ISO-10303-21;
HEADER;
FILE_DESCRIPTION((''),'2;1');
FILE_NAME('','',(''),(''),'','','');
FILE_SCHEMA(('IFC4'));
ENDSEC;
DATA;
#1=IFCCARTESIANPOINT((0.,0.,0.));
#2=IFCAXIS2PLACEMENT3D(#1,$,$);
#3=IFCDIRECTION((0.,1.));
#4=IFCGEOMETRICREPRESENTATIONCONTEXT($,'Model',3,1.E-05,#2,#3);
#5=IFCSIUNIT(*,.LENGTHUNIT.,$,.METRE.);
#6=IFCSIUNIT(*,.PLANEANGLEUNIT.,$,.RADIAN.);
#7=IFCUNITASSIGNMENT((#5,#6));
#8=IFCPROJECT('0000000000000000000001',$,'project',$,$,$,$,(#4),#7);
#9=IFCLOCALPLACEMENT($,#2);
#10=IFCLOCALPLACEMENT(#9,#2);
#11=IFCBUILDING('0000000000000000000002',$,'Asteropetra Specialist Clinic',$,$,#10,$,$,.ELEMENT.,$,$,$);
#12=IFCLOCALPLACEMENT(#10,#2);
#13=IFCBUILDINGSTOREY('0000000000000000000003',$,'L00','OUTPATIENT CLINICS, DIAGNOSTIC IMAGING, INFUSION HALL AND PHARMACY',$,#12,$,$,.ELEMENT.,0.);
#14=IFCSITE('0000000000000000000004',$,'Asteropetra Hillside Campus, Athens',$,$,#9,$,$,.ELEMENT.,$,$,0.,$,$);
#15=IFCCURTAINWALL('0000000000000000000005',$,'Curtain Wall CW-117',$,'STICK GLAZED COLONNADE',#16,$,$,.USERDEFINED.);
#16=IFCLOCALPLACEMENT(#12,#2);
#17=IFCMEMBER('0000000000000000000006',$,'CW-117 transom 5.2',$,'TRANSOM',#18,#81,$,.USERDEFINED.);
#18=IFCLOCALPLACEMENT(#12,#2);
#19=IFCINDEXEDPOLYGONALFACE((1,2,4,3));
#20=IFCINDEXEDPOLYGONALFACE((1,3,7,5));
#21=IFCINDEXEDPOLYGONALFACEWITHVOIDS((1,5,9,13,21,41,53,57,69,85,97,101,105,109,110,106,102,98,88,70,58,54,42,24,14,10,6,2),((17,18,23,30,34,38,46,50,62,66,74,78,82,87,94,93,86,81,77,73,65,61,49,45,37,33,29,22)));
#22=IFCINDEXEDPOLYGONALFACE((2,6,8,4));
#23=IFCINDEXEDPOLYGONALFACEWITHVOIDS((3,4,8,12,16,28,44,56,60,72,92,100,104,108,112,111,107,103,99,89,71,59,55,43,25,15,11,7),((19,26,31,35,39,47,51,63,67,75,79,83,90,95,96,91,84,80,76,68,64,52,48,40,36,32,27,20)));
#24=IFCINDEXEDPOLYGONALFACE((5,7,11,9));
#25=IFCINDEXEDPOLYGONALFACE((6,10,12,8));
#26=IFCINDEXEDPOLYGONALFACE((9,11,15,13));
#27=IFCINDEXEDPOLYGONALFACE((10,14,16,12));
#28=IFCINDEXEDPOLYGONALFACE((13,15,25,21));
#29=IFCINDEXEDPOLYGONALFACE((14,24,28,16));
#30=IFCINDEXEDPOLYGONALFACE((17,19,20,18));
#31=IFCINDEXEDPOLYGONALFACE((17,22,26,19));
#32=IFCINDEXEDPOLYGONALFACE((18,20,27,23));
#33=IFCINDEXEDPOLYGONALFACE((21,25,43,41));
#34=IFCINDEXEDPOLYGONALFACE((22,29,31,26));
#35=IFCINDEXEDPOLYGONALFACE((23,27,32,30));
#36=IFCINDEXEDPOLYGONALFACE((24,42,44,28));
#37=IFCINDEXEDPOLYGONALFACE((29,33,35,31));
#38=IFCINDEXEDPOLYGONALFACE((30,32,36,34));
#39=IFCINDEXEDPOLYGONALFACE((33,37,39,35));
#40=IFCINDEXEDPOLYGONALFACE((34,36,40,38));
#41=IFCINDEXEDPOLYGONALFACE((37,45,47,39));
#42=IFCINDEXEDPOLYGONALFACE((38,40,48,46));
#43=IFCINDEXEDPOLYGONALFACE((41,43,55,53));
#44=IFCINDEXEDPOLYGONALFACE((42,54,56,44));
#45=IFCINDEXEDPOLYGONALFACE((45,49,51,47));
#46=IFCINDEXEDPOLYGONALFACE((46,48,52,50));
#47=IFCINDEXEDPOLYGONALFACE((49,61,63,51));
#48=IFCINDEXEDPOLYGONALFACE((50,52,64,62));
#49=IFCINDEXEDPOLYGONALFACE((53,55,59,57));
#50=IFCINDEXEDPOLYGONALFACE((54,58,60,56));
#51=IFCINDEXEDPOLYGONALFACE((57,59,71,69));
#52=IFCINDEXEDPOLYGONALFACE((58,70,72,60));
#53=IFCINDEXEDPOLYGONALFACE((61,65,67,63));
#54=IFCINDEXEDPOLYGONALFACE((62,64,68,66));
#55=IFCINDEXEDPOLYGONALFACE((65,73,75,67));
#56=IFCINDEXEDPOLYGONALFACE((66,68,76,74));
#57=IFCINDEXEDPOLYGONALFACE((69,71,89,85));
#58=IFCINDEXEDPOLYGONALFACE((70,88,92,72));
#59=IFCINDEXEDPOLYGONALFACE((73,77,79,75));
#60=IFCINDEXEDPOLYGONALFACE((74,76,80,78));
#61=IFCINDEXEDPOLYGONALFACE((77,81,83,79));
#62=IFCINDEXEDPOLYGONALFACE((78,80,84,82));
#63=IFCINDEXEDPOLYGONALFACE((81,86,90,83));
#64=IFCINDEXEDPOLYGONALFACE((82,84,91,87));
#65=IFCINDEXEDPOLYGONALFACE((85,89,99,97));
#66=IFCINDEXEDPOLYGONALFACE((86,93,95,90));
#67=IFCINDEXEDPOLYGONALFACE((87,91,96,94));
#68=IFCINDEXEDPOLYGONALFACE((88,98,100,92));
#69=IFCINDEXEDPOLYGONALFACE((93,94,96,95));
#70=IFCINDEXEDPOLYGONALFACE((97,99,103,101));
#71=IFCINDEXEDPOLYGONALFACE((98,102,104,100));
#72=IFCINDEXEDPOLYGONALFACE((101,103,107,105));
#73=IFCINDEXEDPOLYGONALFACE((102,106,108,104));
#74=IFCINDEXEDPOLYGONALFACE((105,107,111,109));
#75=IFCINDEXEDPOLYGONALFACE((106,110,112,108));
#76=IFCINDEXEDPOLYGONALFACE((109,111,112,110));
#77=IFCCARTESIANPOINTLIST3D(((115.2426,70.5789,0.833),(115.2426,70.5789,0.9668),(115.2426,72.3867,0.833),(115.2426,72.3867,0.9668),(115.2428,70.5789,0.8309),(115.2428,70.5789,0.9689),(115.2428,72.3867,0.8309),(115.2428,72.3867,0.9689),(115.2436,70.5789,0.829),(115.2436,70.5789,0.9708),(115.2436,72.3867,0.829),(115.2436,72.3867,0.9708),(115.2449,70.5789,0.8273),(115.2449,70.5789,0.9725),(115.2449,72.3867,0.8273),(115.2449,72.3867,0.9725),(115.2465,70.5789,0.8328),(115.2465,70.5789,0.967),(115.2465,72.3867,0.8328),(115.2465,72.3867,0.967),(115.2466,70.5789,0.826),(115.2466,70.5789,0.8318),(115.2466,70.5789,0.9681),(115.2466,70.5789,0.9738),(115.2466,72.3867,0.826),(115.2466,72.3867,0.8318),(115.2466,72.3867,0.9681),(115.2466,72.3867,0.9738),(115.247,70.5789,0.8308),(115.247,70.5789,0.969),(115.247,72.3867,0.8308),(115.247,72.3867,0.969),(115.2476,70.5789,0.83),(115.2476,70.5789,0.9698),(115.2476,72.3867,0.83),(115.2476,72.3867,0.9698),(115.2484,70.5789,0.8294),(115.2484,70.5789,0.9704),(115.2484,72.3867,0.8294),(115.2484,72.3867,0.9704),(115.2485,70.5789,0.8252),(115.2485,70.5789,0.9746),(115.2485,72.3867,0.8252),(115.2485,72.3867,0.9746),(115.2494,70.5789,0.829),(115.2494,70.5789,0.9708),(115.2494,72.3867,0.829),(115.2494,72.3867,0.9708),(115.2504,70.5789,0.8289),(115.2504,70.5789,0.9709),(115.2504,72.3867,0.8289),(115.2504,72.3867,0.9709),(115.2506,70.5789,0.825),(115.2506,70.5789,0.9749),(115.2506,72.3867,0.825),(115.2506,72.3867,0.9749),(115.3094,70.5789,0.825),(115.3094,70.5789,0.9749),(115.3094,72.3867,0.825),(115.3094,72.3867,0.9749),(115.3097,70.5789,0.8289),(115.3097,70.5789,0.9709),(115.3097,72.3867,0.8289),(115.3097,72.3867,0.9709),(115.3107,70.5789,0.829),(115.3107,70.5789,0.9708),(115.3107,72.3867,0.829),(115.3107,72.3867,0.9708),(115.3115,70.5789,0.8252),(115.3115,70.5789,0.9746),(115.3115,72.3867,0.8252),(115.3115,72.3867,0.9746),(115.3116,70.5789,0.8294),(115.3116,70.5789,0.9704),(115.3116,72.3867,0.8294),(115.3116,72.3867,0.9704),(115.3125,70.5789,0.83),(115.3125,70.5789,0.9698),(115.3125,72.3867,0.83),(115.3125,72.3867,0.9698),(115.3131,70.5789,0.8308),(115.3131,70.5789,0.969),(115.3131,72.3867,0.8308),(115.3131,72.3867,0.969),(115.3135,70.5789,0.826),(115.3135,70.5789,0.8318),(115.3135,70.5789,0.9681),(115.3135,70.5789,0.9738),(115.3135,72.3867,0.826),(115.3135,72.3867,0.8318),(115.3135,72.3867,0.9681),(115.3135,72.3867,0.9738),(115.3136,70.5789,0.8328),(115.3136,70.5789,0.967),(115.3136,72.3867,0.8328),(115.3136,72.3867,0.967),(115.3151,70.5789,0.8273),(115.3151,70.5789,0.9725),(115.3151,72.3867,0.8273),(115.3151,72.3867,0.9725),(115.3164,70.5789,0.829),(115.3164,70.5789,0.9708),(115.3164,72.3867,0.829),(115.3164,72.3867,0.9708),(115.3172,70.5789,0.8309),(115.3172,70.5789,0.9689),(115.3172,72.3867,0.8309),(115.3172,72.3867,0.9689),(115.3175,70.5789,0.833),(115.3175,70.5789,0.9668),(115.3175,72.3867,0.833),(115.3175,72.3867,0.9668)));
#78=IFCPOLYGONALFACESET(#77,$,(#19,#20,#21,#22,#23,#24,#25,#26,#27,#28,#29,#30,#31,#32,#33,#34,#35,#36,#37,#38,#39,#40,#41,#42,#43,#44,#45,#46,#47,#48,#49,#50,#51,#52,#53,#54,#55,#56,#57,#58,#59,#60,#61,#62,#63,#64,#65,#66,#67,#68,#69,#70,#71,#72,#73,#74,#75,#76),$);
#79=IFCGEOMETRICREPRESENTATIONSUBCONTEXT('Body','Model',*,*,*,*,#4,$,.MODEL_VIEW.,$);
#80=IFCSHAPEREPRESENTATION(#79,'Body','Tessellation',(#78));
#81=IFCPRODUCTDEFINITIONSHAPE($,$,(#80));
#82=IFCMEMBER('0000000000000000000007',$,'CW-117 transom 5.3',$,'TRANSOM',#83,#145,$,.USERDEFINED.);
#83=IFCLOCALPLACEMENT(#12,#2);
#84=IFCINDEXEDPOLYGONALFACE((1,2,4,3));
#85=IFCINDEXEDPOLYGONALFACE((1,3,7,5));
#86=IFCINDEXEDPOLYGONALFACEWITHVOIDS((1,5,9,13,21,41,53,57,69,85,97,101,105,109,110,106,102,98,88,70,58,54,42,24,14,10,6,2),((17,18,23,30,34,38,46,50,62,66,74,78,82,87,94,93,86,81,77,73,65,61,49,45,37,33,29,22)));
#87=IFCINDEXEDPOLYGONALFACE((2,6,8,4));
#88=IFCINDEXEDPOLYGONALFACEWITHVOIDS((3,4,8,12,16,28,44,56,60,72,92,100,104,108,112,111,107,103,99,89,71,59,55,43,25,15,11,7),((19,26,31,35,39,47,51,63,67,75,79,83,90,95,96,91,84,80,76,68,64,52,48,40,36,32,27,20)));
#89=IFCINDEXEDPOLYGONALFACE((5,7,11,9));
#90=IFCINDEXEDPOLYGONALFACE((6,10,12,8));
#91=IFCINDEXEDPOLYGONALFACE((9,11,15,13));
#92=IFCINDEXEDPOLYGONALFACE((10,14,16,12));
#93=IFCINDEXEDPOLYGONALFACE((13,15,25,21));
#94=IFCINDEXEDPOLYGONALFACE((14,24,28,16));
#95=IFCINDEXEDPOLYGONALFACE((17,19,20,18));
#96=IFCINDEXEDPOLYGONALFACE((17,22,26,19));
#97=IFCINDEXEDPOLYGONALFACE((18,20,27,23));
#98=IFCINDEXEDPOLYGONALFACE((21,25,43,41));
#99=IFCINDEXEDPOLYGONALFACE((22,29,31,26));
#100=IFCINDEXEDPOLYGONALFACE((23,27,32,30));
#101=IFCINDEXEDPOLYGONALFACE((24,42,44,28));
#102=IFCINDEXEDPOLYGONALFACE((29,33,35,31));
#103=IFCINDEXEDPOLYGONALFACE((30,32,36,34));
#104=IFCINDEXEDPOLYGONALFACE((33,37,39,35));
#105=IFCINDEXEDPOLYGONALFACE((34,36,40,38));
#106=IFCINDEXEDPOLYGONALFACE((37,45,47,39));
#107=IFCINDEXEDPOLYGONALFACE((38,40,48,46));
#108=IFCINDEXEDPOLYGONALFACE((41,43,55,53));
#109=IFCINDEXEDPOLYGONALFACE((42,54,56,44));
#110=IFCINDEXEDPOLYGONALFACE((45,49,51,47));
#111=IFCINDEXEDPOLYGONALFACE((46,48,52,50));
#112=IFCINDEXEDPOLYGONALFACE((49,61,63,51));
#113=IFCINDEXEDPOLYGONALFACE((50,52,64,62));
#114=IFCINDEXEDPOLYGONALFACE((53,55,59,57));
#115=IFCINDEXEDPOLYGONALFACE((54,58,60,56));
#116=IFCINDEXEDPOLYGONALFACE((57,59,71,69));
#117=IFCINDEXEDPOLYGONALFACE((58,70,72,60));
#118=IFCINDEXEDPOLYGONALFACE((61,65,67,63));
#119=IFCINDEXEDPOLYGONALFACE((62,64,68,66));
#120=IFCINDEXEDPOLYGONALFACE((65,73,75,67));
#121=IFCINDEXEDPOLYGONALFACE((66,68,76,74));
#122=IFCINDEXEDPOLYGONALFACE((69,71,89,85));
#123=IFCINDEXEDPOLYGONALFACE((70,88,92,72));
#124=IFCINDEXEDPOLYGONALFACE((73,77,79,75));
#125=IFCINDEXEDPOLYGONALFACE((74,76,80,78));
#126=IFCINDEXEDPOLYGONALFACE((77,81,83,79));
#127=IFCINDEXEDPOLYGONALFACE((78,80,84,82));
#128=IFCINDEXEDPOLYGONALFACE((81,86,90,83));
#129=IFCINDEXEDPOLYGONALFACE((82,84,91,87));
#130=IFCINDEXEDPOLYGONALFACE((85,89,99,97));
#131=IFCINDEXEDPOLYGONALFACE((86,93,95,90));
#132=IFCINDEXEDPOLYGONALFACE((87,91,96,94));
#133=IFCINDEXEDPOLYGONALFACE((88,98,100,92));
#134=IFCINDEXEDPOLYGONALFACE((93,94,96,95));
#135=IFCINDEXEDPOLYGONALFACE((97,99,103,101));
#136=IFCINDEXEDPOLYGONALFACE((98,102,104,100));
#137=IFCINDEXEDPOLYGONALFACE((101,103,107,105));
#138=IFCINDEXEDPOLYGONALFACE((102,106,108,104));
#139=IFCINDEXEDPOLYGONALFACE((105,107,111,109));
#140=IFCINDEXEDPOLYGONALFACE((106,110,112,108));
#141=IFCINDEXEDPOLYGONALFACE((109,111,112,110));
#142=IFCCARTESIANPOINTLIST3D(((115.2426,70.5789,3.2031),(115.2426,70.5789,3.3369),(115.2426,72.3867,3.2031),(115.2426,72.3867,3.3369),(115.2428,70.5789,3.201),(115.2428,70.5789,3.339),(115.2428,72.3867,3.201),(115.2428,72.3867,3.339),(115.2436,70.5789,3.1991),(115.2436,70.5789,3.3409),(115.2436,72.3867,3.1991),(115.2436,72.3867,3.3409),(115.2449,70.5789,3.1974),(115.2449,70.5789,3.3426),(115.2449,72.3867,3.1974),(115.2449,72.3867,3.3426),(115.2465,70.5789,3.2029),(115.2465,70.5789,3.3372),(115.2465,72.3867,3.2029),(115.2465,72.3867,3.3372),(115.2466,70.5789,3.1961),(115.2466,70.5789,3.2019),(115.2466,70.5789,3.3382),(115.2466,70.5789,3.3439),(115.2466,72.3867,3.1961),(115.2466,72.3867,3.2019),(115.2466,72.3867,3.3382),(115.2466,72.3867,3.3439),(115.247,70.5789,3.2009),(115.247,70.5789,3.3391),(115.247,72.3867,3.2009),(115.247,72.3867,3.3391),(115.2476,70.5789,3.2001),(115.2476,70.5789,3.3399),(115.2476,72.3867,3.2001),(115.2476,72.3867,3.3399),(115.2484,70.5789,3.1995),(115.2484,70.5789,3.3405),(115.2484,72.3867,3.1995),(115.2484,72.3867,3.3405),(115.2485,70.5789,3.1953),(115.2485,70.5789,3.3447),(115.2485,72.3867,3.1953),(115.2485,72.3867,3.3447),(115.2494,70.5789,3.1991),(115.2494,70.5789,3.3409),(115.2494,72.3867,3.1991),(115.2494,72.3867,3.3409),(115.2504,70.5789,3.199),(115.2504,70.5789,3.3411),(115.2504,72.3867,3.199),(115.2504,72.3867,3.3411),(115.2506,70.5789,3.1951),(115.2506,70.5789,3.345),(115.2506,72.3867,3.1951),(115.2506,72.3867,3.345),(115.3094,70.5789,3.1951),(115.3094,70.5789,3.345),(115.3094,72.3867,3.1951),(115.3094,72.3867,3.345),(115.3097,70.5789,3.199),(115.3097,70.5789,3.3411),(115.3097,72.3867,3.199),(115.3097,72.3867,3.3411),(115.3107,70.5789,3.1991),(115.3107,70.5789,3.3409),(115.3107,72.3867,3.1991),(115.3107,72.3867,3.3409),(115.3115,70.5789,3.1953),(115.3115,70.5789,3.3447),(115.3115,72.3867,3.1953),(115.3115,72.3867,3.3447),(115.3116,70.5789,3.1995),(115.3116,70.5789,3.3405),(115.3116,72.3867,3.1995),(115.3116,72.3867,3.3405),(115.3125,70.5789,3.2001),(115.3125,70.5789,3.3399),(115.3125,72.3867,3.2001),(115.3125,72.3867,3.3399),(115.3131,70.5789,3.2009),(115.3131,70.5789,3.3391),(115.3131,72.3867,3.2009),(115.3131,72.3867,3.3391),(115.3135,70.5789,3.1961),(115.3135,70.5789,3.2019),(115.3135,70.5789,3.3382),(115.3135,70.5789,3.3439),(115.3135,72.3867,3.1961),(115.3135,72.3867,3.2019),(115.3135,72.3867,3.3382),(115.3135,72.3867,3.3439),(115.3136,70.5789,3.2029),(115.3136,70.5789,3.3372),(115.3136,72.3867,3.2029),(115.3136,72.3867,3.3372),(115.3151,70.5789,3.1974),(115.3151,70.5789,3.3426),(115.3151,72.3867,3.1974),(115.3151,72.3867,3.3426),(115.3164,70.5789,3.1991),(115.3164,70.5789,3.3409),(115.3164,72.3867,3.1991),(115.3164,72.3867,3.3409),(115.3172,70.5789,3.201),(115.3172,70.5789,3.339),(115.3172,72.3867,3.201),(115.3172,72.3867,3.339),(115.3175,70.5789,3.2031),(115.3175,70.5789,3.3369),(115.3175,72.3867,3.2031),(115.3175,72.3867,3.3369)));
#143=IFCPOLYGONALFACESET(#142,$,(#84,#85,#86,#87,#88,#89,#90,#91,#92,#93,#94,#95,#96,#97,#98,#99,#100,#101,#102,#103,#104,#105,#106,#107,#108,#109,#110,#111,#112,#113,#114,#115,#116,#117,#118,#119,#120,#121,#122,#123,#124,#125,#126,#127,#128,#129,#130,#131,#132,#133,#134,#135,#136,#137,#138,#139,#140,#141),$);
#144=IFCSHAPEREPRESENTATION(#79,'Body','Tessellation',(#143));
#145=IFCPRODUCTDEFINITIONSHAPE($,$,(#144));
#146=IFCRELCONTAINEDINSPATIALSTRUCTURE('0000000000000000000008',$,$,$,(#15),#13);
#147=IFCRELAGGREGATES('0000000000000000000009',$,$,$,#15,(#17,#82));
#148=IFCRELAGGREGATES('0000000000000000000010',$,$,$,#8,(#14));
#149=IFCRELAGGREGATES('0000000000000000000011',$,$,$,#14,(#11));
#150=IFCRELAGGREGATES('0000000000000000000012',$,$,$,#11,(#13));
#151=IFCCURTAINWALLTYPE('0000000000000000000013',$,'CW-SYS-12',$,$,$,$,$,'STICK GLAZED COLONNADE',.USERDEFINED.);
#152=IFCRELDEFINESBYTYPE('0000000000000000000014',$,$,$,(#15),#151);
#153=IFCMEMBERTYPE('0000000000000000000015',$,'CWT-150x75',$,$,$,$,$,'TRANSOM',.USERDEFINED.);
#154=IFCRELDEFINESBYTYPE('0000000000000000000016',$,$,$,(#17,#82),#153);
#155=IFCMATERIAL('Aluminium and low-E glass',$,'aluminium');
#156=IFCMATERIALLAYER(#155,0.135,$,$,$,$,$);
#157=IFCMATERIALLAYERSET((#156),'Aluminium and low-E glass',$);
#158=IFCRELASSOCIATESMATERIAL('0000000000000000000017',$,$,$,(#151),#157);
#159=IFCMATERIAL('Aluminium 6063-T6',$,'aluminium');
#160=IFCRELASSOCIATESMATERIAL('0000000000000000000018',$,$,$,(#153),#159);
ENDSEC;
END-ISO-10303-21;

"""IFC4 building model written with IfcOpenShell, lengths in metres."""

from ifc_helpers import new_model, si_unit, direction, frame, origin, origin_2d, place, context, subcontext, project, spatial, hollow_rectangle, extrude, material, layer, layer_set, material_profile, profile_set, type_object, element, aggregate, save


model = new_model("IFC4")

# Units and contexts
model_context = context("Model", 3, precision=1e-05, world=origin(), true_north=direction((0.0, 1.0)))
body_context = subcontext(model_context, "Body", "Model", "MODEL_VIEW")
ifc_project = project(units=[si_unit("LENGTHUNIT", "METRE"), si_unit("PLANEANGLEUNIT", "RADIAN")], contexts=[model_context])

# Site, building, storey
site_placement = place(None, origin())
site = spatial("IfcSite", under=ifc_project, at=site_placement, Name="Asteropetra Hillside Campus, Athens", CompositionType="ELEMENT", RefElevation=0.0)
building_placement = place(site_placement, origin())
building = spatial("IfcBuilding", under=site, at=building_placement, Name="Asteropetra Specialist Clinic", CompositionType="ELEMENT")
storey_placement = place(building_placement, origin())
storey = spatial("IfcBuildingStorey", under=building, at=storey_placement, Name="L00", Description="OUTPATIENT CLINICS, DIAGNOSTIC IMAGING, INFUSION HALL AND PHARMACY", CompositionType="ELEMENT", Elevation=0.0)

# Curtain wall, members
ifc_material_1 = material(Name="Aluminium and low-E glass", Category="aluminium")
ifc_layer_1 = layer(ifc_material_1, 0.135)
ifc_layer_set_1 = layer_set([ifc_layer_1], Name="Aluminium and low-E glass")
curtain_wall_type = type_object("IfcCurtainWallType", Name="CW-SYS-12", ElementType="STICK GLAZED COLONNADE", PredefinedType="USERDEFINED", material=ifc_layer_set_1)
curtain_wall_placement = place(storey_placement, origin())
curtain_wall = element("IfcCurtainWall", 1, at=curtain_wall_placement, inside=storey, type_object=curtain_wall_type, Name="Curtain Wall CW-117", ObjectType="STICK GLAZED COLONNADE", PredefinedType="USERDEFINED")
ifc_material_2 = material(Name="Aluminium 6063-T6", Category="aluminium")
ifc_material_profile_1 = material_profile(ifc_material_2, hollow_rectangle(XDim=0.075, YDim=0.1499, WallThickness=0.0039, InnerFilletRadius=0.0039, OuterFilletRadius=0.0081, at=origin_2d()), Name="TRN 150x75x4.0")
ifc_profile_set_1 = profile_set([ifc_material_profile_1], Name="Aluminium 6063-T6")
member_type_1 = type_object("IfcMemberType", Name="CWT-150x75", ElementType="TRANSOM", PredefinedType="USERDEFINED", material=ifc_profile_set_1)
member_1_placement = place(storey_placement, frame((115.28, 70.5789, 0.8999), z_axis=(0.0, 1.0, 0.0), x_axis=(-1.0, 0.0, 0.0)))
member_1 = element("IfcMember", 2, at=member_1_placement, type_object=member_type_1, Name="CW-117 transom 5.2", ObjectType="TRANSOM", PredefinedType="USERDEFINED", context=body_context, shape_type="SweptSolid", body=[
    extrude(hollow_rectangle(XDim=0.075, YDim=0.1499, WallThickness=0.0039, InnerFilletRadius=0.0039, OuterFilletRadius=0.0081, at=origin_2d()), origin(), (0.0, 0.0, 1.0), 1.8079),
])
member_2_placement = place(storey_placement, frame((115.28, 70.5789, 3.27), z_axis=(0.0, 1.0, 0.0), x_axis=(-1.0, 0.0, 0.0)))
member_2 = element("IfcMember", 3, at=member_2_placement, type_object=member_type_1, Name="CW-117 transom 5.3", ObjectType="TRANSOM", PredefinedType="USERDEFINED", context=body_context, shape_type="SweptSolid", body=[
    extrude(hollow_rectangle(XDim=0.075, YDim=0.1499, WallThickness=0.0039, InnerFilletRadius=0.0039, OuterFilletRadius=0.0081, at=origin_2d()), origin(), (0.0, 0.0, 1.0), 1.8079),
])
aggregate(curtain_wall, [member_1, member_2])

save(model, "model.ifc")
